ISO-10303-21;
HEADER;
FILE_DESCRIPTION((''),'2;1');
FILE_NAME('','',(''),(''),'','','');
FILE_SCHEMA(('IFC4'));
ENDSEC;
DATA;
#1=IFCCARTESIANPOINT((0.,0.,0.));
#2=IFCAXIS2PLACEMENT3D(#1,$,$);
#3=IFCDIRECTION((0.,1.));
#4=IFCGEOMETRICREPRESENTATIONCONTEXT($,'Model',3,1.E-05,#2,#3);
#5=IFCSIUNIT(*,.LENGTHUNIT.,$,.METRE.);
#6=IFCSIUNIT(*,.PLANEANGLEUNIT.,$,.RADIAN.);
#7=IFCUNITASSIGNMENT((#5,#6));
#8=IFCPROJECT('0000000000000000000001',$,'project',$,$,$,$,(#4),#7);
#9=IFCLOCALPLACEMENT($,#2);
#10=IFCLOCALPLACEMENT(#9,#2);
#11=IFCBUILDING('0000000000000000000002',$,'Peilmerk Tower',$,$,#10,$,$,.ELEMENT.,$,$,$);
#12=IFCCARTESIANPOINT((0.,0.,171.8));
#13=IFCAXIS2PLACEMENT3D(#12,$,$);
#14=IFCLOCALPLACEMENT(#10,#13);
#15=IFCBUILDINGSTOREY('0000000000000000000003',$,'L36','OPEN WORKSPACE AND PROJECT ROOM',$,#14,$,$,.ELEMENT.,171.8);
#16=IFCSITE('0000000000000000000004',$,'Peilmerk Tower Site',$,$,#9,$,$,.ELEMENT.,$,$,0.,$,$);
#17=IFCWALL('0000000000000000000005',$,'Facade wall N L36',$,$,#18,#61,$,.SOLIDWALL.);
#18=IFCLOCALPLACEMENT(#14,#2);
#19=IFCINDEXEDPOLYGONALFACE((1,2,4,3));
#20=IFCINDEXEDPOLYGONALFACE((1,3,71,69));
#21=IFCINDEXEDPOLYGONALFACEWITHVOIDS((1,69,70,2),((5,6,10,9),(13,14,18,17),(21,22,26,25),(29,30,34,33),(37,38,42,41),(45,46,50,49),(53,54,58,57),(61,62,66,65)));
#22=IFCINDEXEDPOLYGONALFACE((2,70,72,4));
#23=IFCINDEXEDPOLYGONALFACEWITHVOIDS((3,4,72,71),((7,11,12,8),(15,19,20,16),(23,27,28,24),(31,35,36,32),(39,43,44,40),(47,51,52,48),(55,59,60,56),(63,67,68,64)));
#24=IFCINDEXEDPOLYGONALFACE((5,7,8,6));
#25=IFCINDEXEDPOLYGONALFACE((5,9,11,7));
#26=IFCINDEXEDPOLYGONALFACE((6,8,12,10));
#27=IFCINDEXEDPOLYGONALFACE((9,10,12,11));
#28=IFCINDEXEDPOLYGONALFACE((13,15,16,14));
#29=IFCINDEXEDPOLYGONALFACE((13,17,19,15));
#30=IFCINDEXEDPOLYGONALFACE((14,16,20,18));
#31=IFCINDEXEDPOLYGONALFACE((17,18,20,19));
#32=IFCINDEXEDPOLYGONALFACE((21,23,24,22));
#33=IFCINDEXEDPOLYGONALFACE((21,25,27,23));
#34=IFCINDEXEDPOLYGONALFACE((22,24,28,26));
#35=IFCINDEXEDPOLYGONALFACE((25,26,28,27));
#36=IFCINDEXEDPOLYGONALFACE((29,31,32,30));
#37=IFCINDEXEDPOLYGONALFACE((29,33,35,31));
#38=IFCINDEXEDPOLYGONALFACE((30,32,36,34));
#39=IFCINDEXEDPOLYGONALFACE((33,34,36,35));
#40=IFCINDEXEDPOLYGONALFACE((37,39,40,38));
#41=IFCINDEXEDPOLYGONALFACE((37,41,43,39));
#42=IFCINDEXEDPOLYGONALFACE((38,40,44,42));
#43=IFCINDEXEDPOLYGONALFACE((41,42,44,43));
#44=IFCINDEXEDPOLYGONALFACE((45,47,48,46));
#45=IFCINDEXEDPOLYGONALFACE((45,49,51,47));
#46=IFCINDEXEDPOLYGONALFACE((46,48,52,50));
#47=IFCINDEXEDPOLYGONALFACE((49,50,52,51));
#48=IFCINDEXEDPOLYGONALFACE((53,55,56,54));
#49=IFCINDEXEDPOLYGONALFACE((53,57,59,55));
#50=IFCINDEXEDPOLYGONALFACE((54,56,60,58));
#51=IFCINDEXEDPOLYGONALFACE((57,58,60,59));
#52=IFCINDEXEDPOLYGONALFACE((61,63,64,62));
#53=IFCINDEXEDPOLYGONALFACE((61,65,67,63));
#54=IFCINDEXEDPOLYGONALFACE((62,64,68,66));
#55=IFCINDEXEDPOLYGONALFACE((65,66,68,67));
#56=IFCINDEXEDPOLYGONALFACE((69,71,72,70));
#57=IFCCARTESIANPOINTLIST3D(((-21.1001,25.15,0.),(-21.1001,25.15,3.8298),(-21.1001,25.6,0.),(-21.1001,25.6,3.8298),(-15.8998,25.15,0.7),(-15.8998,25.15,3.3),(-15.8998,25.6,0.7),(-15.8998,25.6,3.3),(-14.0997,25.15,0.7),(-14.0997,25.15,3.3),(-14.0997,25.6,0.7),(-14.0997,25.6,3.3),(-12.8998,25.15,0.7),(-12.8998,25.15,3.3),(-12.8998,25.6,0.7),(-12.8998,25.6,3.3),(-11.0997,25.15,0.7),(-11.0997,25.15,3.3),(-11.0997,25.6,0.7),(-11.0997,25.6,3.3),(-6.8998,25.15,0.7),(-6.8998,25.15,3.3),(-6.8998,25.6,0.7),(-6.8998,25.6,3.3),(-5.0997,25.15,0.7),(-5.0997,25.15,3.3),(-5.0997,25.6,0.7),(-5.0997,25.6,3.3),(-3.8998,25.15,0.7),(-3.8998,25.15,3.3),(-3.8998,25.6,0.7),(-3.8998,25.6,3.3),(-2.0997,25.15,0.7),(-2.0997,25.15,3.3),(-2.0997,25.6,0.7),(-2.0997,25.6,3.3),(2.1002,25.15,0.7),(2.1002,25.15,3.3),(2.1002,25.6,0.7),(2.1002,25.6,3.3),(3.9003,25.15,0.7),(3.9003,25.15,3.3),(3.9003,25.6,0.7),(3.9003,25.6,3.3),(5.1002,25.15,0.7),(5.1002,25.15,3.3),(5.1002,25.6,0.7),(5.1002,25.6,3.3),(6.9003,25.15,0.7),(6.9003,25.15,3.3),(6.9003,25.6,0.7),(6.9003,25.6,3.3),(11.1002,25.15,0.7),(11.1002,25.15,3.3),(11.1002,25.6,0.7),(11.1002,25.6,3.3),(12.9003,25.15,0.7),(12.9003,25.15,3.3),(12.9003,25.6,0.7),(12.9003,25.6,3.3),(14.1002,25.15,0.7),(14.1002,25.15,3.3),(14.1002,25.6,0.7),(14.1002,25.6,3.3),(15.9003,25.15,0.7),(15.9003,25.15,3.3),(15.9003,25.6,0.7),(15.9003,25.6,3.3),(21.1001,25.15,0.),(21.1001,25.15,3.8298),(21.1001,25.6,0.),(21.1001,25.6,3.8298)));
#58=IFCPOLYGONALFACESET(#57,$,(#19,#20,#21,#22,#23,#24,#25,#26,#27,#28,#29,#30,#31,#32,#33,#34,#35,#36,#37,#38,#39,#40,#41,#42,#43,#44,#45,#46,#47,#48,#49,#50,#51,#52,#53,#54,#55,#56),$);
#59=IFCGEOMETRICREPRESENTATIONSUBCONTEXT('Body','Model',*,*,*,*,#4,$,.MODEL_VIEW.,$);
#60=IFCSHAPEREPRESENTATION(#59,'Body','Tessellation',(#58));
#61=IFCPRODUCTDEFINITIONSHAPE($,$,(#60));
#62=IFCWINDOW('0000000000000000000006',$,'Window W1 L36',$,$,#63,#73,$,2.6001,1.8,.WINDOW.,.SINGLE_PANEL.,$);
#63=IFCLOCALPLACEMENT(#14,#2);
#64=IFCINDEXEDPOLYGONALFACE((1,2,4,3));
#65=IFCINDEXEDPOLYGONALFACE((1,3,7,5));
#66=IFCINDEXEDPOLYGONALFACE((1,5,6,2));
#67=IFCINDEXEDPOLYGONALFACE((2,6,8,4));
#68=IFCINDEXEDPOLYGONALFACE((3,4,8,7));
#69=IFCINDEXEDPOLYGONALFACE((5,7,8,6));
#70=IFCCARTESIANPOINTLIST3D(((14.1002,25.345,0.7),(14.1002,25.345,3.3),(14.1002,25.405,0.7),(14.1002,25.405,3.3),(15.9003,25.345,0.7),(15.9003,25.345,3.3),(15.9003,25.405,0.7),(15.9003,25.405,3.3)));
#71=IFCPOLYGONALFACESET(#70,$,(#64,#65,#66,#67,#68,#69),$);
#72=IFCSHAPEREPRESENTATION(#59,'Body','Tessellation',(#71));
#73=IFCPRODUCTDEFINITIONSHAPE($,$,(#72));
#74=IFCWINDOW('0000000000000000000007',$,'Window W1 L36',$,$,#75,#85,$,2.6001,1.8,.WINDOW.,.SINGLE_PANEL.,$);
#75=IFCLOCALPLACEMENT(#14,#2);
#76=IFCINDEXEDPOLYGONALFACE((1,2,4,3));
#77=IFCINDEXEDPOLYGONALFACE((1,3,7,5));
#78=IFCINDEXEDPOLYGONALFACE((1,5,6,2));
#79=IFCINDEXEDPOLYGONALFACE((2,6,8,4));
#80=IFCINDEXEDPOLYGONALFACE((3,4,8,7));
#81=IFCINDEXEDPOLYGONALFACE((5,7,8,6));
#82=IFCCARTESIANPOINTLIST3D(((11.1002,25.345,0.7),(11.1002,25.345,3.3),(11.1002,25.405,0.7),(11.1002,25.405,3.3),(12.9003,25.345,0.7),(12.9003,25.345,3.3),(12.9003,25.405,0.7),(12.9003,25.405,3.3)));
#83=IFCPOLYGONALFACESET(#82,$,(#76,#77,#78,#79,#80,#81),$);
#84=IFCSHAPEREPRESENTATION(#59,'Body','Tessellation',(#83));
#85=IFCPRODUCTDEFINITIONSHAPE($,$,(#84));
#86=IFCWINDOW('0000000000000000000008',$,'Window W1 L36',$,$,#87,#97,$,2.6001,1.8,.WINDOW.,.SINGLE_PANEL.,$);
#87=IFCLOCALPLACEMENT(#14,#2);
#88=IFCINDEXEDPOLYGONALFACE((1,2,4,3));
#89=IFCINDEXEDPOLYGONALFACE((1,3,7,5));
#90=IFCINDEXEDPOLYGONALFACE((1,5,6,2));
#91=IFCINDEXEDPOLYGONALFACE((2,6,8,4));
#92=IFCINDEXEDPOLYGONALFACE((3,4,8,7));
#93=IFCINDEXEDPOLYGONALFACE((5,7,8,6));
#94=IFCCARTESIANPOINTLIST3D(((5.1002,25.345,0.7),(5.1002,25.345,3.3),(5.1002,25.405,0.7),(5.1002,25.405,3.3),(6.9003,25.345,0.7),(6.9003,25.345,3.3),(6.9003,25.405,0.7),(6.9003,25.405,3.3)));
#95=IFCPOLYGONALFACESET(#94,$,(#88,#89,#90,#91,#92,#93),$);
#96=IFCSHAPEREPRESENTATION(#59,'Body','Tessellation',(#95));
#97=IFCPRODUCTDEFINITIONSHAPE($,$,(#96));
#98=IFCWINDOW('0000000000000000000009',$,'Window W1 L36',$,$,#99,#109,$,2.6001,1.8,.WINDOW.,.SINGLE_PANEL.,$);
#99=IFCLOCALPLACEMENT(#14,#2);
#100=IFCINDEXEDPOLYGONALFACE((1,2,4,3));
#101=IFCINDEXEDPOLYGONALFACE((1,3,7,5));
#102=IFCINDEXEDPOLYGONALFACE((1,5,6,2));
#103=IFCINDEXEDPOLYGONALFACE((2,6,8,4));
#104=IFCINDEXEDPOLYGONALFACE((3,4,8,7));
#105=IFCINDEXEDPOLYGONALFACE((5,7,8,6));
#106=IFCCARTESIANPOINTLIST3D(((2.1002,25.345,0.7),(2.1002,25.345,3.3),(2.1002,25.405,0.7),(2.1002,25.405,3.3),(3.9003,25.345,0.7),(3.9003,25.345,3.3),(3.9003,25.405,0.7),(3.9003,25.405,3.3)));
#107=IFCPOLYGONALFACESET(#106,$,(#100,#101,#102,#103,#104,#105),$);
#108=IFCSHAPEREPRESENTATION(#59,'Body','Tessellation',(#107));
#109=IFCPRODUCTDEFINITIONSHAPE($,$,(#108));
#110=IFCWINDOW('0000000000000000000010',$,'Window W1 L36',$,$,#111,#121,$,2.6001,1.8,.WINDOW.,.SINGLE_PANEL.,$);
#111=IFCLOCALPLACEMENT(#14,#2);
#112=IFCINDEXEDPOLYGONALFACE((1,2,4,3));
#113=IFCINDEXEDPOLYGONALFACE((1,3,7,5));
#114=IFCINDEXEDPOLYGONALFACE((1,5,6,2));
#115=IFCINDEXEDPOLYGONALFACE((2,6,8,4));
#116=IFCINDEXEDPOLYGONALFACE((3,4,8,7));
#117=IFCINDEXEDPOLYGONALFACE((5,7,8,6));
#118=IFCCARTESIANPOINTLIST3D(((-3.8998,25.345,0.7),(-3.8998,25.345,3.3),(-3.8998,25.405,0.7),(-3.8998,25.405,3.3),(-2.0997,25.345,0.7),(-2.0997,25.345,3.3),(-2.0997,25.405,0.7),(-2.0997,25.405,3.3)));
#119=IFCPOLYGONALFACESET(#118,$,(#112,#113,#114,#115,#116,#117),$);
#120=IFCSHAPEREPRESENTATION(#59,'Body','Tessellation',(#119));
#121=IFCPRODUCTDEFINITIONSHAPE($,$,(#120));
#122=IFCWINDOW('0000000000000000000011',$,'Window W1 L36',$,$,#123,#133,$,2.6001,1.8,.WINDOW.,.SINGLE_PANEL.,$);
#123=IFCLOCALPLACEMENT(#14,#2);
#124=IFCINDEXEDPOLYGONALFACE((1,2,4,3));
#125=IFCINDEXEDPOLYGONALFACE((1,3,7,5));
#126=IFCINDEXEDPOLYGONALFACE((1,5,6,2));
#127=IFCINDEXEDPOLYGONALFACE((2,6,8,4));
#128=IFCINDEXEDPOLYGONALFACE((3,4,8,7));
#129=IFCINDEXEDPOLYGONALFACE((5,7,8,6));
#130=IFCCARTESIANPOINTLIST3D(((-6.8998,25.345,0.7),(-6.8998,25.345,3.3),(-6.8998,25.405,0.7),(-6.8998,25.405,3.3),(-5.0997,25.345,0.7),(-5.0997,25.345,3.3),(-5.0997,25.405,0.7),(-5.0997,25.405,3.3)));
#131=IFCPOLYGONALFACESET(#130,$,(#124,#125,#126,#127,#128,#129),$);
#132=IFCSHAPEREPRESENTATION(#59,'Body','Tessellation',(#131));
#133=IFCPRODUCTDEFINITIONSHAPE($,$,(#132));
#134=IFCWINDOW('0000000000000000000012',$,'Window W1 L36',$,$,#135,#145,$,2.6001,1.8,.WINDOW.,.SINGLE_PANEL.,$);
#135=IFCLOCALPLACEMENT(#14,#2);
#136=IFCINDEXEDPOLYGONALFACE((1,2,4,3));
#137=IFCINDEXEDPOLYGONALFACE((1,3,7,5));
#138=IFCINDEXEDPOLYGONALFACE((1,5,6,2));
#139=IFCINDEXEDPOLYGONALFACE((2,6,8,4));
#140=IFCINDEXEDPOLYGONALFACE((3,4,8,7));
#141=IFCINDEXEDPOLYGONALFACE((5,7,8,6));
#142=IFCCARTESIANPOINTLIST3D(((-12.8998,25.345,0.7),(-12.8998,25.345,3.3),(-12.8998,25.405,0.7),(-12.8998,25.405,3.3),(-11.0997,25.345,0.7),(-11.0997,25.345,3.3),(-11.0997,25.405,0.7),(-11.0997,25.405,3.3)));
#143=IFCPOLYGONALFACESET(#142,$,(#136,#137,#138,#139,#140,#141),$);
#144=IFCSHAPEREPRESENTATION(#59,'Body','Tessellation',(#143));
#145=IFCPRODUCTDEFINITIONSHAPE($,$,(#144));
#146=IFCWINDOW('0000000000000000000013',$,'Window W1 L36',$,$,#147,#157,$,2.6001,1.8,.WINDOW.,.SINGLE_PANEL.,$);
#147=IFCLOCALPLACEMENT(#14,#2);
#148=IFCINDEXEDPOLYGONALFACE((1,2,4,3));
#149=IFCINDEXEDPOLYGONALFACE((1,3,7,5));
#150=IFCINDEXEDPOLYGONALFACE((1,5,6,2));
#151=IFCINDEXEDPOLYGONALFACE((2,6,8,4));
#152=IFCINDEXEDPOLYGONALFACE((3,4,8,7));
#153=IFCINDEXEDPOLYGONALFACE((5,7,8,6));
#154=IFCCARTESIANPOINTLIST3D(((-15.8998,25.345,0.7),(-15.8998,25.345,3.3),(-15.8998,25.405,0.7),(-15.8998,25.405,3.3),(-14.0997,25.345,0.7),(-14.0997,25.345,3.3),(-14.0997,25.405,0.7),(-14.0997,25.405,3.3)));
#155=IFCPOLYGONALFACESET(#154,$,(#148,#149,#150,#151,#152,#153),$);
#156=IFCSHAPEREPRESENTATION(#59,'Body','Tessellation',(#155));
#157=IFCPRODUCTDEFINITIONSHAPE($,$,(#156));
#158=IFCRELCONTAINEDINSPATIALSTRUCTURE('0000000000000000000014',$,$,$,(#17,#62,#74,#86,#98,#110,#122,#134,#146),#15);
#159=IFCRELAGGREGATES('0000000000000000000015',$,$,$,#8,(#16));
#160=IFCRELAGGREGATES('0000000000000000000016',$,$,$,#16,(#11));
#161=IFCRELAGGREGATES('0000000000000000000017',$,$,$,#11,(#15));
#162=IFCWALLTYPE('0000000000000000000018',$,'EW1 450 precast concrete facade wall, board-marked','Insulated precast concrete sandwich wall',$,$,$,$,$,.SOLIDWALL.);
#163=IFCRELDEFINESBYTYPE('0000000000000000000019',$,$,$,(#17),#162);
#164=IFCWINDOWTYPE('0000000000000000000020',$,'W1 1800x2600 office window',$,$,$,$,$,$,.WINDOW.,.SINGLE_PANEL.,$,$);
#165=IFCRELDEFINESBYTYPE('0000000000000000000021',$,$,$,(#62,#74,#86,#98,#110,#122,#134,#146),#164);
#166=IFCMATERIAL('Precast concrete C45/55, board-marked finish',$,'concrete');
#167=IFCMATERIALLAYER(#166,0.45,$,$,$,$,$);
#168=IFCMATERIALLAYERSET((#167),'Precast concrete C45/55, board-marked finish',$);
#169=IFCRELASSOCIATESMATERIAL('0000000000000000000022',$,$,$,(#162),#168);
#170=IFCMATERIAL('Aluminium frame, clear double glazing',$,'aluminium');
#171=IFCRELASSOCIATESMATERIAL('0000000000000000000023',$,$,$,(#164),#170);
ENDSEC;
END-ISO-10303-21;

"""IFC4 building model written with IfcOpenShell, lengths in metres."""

from ifc_helpers import new_model, si_unit, direction, frame, frame_2d, origin, place, context, subcontext, project, spatial, rectangle, extrude, material, layer, layer_set, type_object, element, fill, save


model = new_model("IFC4")

# Units and contexts
model_context = context("Model", 3, precision=1e-05, world=origin(), true_north=direction((0.0, 1.0)))
body_context = subcontext(model_context, "Body", "Model", "MODEL_VIEW")
ifc_project = project(units=[si_unit("LENGTHUNIT", "METRE"), si_unit("PLANEANGLEUNIT", "RADIAN")], contexts=[model_context])

# Site, building, storey
site_placement = place(None, origin())
site = spatial("IfcSite", under=ifc_project, at=site_placement, Name="Peilmerk Tower Site", CompositionType="ELEMENT", RefElevation=0.0)
building_placement = place(site_placement, origin())
building = spatial("IfcBuilding", under=site, at=building_placement, Name="Peilmerk Tower", CompositionType="ELEMENT")
storey_placement = place(building_placement, frame((0.0, 0.0, 171.8)))
storey = spatial("IfcBuildingStorey", under=building, at=storey_placement, Name="L36", Description="OPEN WORKSPACE AND PROJECT ROOM", CompositionType="ELEMENT", Elevation=171.8)

# Wall, openings, windows
ifc_material_1 = material(Name="Precast concrete C45/55, board-marked finish", Category="concrete")
ifc_layer_1 = layer(ifc_material_1, 0.45)
ifc_layer_set_1 = layer_set([ifc_layer_1], Name="Precast concrete C45/55, board-marked finish")
wall_type = type_object("IfcWallType", Name="EW1 450 precast concrete facade wall, board-marked", Description="Insulated precast concrete sandwich wall", PredefinedType="SOLIDWALL", material=ifc_layer_set_1)
wall_placement = place(storey_placement, frame((21.1001, 25.375, 0.0), z_axis=(0.0, 0.0, 1.0), x_axis=(-1.0, 0.0, 0.0)))
wall = element("IfcWall", 1, at=wall_placement, inside=storey, type_object=wall_type, Name="Facade wall N L36", PredefinedType="SOLIDWALL", context=body_context, shape_type="SweptSolid", body=[
    extrude(rectangle(XDim=42.2002, YDim=0.45, at=frame_2d((21.1001, 0.0))), origin(), (0.0, 0.0, 1.0), 3.8298),
])
opening_1_placement = place(wall_placement, frame((5.2, 0.0, 0.7)))
opening_1 = element("IfcOpeningElement", 2, at=opening_1_placement, cuts=wall, PredefinedType="OPENING", context=body_context, shape_type="SweptSolid", body=[
    extrude(rectangle(XDim=1.8, YDim=2.6001, at=frame_2d((0.8999, 1.3))), frame((0.0, 0.2349, 0.0), z_axis=(0.0, -1.0, 0.0), x_axis=(1.0, 0.0, 0.0)), (0.0, 0.0, 1.0), 0.47),
])
opening_2_placement = place(wall_placement, frame((8.2, 0.0, 0.7)))
opening_2 = element("IfcOpeningElement", 3, at=opening_2_placement, cuts=wall, PredefinedType="OPENING", context=body_context, shape_type="SweptSolid", body=[
    extrude(rectangle(XDim=1.8, YDim=2.6001, at=frame_2d((0.8999, 1.3))), frame((0.0, 0.2349, 0.0), z_axis=(0.0, -1.0, 0.0), x_axis=(1.0, 0.0, 0.0)), (0.0, 0.0, 1.0), 0.47),
])
opening_3_placement = place(wall_placement, frame((14.2, 0.0, 0.7)))
opening_3 = element("IfcOpeningElement", 4, at=opening_3_placement, cuts=wall, PredefinedType="OPENING", context=body_context, shape_type="SweptSolid", body=[
    extrude(rectangle(XDim=1.8, YDim=2.6001, at=frame_2d((0.8999, 1.3))), frame((0.0, 0.2349, 0.0), z_axis=(0.0, -1.0, 0.0), x_axis=(1.0, 0.0, 0.0)), (0.0, 0.0, 1.0), 0.47),
])
opening_4_placement = place(wall_placement, frame((17.2, 0.0, 0.7)))
opening_4 = element("IfcOpeningElement", 5, at=opening_4_placement, cuts=wall, PredefinedType="OPENING", context=body_context, shape_type="SweptSolid", body=[
    extrude(rectangle(XDim=1.8, YDim=2.6001, at=frame_2d((0.8999, 1.3))), frame((0.0, 0.2349, 0.0), z_axis=(0.0, -1.0, 0.0), x_axis=(1.0, 0.0, 0.0)), (0.0, 0.0, 1.0), 0.47),
])
opening_5_placement = place(wall_placement, frame((23.2, 0.0, 0.7)))
opening_5 = element("IfcOpeningElement", 6, at=opening_5_placement, cuts=wall, PredefinedType="OPENING", context=body_context, shape_type="SweptSolid", body=[
    extrude(rectangle(XDim=1.8, YDim=2.6001, at=frame_2d((0.8999, 1.3))), frame((0.0, 0.2349, 0.0), z_axis=(0.0, -1.0, 0.0), x_axis=(1.0, 0.0, 0.0)), (0.0, 0.0, 1.0), 0.47),
])
opening_6_placement = place(wall_placement, frame((26.2, 0.0, 0.7)))
opening_6 = element("IfcOpeningElement", 7, at=opening_6_placement, cuts=wall, PredefinedType="OPENING", context=body_context, shape_type="SweptSolid", body=[
    extrude(rectangle(XDim=1.8, YDim=2.6001, at=frame_2d((0.8999, 1.3))), frame((0.0, 0.2349, 0.0), z_axis=(0.0, -1.0, 0.0), x_axis=(1.0, 0.0, 0.0)), (0.0, 0.0, 1.0), 0.47),
])
opening_7_placement = place(wall_placement, frame((32.2, 0.0, 0.7)))
opening_7 = element("IfcOpeningElement", 8, at=opening_7_placement, cuts=wall, PredefinedType="OPENING", context=body_context, shape_type="SweptSolid", body=[
    extrude(rectangle(XDim=1.8, YDim=2.6001, at=frame_2d((0.8999, 1.3))), frame((0.0, 0.2349, 0.0), z_axis=(0.0, -1.0, 0.0), x_axis=(1.0, 0.0, 0.0)), (0.0, 0.0, 1.0), 0.47),
])
opening_8_placement = place(wall_placement, frame((35.2, 0.0, 0.7)))
opening_8 = element("IfcOpeningElement", 9, at=opening_8_placement, cuts=wall, PredefinedType="OPENING", context=body_context, shape_type="SweptSolid", body=[
    extrude(rectangle(XDim=1.8, YDim=2.6001, at=frame_2d((0.8999, 1.3))), frame((0.0, 0.2349, 0.0), z_axis=(0.0, -1.0, 0.0), x_axis=(1.0, 0.0, 0.0)), (0.0, 0.0, 1.0), 0.47),
])
ifc_material_2 = material(Name="Aluminium frame, clear double glazing", Category="aluminium")
window_type = type_object("IfcWindowType", Name="W1 1800x2600 office window", PartitioningType="SINGLE_PANEL", PredefinedType="WINDOW", material=ifc_material_2)
window_1_placement = place(opening_1_placement, origin())
window_1 = element("IfcWindow", 10, at=window_1_placement, inside=storey, type_object=window_type, Name="Window W1 L36", OverallHeight=2.6001, OverallWidth=1.8, PartitioningType="SINGLE_PANEL", PredefinedType="WINDOW", context=body_context, shape_type="SweptSolid", body=[
    extrude(rectangle(XDim=1.8, YDim=2.6001, at=frame_2d((0.8999, 1.3))), frame((0.0, 0.03, 0.0), z_axis=(0.0, -1.0, 0.0), x_axis=(1.0, 0.0, 0.0)), (0.0, 0.0, 1.0), 0.0601),
])
fill(opening_1, window_1)
window_2_placement = place(opening_2_placement, origin())
window_2 = element("IfcWindow", 11, at=window_2_placement, inside=storey, type_object=window_type, Name="Window W1 L36", OverallHeight=2.6001, OverallWidth=1.8, PartitioningType="SINGLE_PANEL", PredefinedType="WINDOW", context=body_context, shape_type="SweptSolid", body=[
    extrude(rectangle(XDim=1.8, YDim=2.6001, at=frame_2d((0.8999, 1.3))), frame((0.0, 0.03, 0.0), z_axis=(0.0, -1.0, 0.0), x_axis=(1.0, 0.0, 0.0)), (0.0, 0.0, 1.0), 0.0601),
])
fill(opening_2, window_2)
window_3_placement = place(opening_3_placement, origin())
window_3 = element("IfcWindow", 12, at=window_3_placement, inside=storey, type_object=window_type, Name="Window W1 L36", OverallHeight=2.6001, OverallWidth=1.8, PartitioningType="SINGLE_PANEL", PredefinedType="WINDOW", context=body_context, shape_type="SweptSolid", body=[
    extrude(rectangle(XDim=1.8, YDim=2.6001, at=frame_2d((0.8999, 1.3))), frame((0.0, 0.03, 0.0), z_axis=(0.0, -1.0, 0.0), x_axis=(1.0, 0.0, 0.0)), (0.0, 0.0, 1.0), 0.0601),
])
fill(opening_3, window_3)
window_4_placement = place(opening_4_placement, origin())
window_4 = element("IfcWindow", 13, at=window_4_placement, inside=storey, type_object=window_type, Name="Window W1 L36", OverallHeight=2.6001, OverallWidth=1.8, PartitioningType="SINGLE_PANEL", PredefinedType="WINDOW", context=body_context, shape_type="SweptSolid", body=[
    extrude(rectangle(XDim=1.8, YDim=2.6001, at=frame_2d((0.8999, 1.3))), frame((0.0, 0.03, 0.0), z_axis=(0.0, -1.0, 0.0), x_axis=(1.0, 0.0, 0.0)), (0.0, 0.0, 1.0), 0.0601),
])
fill(opening_4, window_4)
window_5_placement = place(opening_5_placement, origin())
window_5 = element("IfcWindow", 14, at=window_5_placement, inside=storey, type_object=window_type, Name="Window W1 L36", OverallHeight=2.6001, OverallWidth=1.8, PartitioningType="SINGLE_PANEL", PredefinedType="WINDOW", context=body_context, shape_type="SweptSolid", body=[
    extrude(rectangle(XDim=1.8, YDim=2.6001, at=frame_2d((0.8999, 1.3))), frame((0.0, 0.03, 0.0), z_axis=(0.0, -1.0, 0.0), x_axis=(1.0, 0.0, 0.0)), (0.0, 0.0, 1.0), 0.0601),
])
fill(opening_5, window_5)
window_6_placement = place(opening_6_placement, origin())
window_6 = element("IfcWindow", 15, at=window_6_placement, inside=storey, type_object=window_type, Name="Window W1 L36", OverallHeight=2.6001, OverallWidth=1.8, PartitioningType="SINGLE_PANEL", PredefinedType="WINDOW", context=body_context, shape_type="SweptSolid", body=[
    extrude(rectangle(XDim=1.8, YDim=2.6001, at=frame_2d((0.8999, 1.3))), frame((0.0, 0.03, 0.0), z_axis=(0.0, -1.0, 0.0), x_axis=(1.0, 0.0, 0.0)), (0.0, 0.0, 1.0), 0.0601),
])
fill(opening_6, window_6)
window_7_placement = place(opening_7_placement, origin())
window_7 = element("IfcWindow", 16, at=window_7_placement, inside=storey, type_object=window_type, Name="Window W1 L36", OverallHeight=2.6001, OverallWidth=1.8, PartitioningType="SINGLE_PANEL", PredefinedType="WINDOW", context=body_context, shape_type="SweptSolid", body=[
    extrude(rectangle(XDim=1.8, YDim=2.6001, at=frame_2d((0.8999, 1.3))), frame((0.0, 0.03, 0.0), z_axis=(0.0, -1.0, 0.0), x_axis=(1.0, 0.0, 0.0)), (0.0, 0.0, 1.0), 0.0601),
])
fill(opening_7, window_7)
window_8_placement = place(opening_8_placement, origin())
window_8 = element("IfcWindow", 17, at=window_8_placement, inside=storey, type_object=window_type, Name="Window W1 L36", OverallHeight=2.6001, OverallWidth=1.8, PartitioningType="SINGLE_PANEL", PredefinedType="WINDOW", context=body_context, shape_type="SweptSolid", body=[
    extrude(rectangle(XDim=1.8, YDim=2.6001, at=frame_2d((0.8999, 1.3))), frame((0.0, 0.03, 0.0), z_axis=(0.0, -1.0, 0.0), x_axis=(1.0, 0.0, 0.0)), (0.0, 0.0, 1.0), 0.0601),
])
fill(opening_8, window_8)

save(model, "model.ifc")
